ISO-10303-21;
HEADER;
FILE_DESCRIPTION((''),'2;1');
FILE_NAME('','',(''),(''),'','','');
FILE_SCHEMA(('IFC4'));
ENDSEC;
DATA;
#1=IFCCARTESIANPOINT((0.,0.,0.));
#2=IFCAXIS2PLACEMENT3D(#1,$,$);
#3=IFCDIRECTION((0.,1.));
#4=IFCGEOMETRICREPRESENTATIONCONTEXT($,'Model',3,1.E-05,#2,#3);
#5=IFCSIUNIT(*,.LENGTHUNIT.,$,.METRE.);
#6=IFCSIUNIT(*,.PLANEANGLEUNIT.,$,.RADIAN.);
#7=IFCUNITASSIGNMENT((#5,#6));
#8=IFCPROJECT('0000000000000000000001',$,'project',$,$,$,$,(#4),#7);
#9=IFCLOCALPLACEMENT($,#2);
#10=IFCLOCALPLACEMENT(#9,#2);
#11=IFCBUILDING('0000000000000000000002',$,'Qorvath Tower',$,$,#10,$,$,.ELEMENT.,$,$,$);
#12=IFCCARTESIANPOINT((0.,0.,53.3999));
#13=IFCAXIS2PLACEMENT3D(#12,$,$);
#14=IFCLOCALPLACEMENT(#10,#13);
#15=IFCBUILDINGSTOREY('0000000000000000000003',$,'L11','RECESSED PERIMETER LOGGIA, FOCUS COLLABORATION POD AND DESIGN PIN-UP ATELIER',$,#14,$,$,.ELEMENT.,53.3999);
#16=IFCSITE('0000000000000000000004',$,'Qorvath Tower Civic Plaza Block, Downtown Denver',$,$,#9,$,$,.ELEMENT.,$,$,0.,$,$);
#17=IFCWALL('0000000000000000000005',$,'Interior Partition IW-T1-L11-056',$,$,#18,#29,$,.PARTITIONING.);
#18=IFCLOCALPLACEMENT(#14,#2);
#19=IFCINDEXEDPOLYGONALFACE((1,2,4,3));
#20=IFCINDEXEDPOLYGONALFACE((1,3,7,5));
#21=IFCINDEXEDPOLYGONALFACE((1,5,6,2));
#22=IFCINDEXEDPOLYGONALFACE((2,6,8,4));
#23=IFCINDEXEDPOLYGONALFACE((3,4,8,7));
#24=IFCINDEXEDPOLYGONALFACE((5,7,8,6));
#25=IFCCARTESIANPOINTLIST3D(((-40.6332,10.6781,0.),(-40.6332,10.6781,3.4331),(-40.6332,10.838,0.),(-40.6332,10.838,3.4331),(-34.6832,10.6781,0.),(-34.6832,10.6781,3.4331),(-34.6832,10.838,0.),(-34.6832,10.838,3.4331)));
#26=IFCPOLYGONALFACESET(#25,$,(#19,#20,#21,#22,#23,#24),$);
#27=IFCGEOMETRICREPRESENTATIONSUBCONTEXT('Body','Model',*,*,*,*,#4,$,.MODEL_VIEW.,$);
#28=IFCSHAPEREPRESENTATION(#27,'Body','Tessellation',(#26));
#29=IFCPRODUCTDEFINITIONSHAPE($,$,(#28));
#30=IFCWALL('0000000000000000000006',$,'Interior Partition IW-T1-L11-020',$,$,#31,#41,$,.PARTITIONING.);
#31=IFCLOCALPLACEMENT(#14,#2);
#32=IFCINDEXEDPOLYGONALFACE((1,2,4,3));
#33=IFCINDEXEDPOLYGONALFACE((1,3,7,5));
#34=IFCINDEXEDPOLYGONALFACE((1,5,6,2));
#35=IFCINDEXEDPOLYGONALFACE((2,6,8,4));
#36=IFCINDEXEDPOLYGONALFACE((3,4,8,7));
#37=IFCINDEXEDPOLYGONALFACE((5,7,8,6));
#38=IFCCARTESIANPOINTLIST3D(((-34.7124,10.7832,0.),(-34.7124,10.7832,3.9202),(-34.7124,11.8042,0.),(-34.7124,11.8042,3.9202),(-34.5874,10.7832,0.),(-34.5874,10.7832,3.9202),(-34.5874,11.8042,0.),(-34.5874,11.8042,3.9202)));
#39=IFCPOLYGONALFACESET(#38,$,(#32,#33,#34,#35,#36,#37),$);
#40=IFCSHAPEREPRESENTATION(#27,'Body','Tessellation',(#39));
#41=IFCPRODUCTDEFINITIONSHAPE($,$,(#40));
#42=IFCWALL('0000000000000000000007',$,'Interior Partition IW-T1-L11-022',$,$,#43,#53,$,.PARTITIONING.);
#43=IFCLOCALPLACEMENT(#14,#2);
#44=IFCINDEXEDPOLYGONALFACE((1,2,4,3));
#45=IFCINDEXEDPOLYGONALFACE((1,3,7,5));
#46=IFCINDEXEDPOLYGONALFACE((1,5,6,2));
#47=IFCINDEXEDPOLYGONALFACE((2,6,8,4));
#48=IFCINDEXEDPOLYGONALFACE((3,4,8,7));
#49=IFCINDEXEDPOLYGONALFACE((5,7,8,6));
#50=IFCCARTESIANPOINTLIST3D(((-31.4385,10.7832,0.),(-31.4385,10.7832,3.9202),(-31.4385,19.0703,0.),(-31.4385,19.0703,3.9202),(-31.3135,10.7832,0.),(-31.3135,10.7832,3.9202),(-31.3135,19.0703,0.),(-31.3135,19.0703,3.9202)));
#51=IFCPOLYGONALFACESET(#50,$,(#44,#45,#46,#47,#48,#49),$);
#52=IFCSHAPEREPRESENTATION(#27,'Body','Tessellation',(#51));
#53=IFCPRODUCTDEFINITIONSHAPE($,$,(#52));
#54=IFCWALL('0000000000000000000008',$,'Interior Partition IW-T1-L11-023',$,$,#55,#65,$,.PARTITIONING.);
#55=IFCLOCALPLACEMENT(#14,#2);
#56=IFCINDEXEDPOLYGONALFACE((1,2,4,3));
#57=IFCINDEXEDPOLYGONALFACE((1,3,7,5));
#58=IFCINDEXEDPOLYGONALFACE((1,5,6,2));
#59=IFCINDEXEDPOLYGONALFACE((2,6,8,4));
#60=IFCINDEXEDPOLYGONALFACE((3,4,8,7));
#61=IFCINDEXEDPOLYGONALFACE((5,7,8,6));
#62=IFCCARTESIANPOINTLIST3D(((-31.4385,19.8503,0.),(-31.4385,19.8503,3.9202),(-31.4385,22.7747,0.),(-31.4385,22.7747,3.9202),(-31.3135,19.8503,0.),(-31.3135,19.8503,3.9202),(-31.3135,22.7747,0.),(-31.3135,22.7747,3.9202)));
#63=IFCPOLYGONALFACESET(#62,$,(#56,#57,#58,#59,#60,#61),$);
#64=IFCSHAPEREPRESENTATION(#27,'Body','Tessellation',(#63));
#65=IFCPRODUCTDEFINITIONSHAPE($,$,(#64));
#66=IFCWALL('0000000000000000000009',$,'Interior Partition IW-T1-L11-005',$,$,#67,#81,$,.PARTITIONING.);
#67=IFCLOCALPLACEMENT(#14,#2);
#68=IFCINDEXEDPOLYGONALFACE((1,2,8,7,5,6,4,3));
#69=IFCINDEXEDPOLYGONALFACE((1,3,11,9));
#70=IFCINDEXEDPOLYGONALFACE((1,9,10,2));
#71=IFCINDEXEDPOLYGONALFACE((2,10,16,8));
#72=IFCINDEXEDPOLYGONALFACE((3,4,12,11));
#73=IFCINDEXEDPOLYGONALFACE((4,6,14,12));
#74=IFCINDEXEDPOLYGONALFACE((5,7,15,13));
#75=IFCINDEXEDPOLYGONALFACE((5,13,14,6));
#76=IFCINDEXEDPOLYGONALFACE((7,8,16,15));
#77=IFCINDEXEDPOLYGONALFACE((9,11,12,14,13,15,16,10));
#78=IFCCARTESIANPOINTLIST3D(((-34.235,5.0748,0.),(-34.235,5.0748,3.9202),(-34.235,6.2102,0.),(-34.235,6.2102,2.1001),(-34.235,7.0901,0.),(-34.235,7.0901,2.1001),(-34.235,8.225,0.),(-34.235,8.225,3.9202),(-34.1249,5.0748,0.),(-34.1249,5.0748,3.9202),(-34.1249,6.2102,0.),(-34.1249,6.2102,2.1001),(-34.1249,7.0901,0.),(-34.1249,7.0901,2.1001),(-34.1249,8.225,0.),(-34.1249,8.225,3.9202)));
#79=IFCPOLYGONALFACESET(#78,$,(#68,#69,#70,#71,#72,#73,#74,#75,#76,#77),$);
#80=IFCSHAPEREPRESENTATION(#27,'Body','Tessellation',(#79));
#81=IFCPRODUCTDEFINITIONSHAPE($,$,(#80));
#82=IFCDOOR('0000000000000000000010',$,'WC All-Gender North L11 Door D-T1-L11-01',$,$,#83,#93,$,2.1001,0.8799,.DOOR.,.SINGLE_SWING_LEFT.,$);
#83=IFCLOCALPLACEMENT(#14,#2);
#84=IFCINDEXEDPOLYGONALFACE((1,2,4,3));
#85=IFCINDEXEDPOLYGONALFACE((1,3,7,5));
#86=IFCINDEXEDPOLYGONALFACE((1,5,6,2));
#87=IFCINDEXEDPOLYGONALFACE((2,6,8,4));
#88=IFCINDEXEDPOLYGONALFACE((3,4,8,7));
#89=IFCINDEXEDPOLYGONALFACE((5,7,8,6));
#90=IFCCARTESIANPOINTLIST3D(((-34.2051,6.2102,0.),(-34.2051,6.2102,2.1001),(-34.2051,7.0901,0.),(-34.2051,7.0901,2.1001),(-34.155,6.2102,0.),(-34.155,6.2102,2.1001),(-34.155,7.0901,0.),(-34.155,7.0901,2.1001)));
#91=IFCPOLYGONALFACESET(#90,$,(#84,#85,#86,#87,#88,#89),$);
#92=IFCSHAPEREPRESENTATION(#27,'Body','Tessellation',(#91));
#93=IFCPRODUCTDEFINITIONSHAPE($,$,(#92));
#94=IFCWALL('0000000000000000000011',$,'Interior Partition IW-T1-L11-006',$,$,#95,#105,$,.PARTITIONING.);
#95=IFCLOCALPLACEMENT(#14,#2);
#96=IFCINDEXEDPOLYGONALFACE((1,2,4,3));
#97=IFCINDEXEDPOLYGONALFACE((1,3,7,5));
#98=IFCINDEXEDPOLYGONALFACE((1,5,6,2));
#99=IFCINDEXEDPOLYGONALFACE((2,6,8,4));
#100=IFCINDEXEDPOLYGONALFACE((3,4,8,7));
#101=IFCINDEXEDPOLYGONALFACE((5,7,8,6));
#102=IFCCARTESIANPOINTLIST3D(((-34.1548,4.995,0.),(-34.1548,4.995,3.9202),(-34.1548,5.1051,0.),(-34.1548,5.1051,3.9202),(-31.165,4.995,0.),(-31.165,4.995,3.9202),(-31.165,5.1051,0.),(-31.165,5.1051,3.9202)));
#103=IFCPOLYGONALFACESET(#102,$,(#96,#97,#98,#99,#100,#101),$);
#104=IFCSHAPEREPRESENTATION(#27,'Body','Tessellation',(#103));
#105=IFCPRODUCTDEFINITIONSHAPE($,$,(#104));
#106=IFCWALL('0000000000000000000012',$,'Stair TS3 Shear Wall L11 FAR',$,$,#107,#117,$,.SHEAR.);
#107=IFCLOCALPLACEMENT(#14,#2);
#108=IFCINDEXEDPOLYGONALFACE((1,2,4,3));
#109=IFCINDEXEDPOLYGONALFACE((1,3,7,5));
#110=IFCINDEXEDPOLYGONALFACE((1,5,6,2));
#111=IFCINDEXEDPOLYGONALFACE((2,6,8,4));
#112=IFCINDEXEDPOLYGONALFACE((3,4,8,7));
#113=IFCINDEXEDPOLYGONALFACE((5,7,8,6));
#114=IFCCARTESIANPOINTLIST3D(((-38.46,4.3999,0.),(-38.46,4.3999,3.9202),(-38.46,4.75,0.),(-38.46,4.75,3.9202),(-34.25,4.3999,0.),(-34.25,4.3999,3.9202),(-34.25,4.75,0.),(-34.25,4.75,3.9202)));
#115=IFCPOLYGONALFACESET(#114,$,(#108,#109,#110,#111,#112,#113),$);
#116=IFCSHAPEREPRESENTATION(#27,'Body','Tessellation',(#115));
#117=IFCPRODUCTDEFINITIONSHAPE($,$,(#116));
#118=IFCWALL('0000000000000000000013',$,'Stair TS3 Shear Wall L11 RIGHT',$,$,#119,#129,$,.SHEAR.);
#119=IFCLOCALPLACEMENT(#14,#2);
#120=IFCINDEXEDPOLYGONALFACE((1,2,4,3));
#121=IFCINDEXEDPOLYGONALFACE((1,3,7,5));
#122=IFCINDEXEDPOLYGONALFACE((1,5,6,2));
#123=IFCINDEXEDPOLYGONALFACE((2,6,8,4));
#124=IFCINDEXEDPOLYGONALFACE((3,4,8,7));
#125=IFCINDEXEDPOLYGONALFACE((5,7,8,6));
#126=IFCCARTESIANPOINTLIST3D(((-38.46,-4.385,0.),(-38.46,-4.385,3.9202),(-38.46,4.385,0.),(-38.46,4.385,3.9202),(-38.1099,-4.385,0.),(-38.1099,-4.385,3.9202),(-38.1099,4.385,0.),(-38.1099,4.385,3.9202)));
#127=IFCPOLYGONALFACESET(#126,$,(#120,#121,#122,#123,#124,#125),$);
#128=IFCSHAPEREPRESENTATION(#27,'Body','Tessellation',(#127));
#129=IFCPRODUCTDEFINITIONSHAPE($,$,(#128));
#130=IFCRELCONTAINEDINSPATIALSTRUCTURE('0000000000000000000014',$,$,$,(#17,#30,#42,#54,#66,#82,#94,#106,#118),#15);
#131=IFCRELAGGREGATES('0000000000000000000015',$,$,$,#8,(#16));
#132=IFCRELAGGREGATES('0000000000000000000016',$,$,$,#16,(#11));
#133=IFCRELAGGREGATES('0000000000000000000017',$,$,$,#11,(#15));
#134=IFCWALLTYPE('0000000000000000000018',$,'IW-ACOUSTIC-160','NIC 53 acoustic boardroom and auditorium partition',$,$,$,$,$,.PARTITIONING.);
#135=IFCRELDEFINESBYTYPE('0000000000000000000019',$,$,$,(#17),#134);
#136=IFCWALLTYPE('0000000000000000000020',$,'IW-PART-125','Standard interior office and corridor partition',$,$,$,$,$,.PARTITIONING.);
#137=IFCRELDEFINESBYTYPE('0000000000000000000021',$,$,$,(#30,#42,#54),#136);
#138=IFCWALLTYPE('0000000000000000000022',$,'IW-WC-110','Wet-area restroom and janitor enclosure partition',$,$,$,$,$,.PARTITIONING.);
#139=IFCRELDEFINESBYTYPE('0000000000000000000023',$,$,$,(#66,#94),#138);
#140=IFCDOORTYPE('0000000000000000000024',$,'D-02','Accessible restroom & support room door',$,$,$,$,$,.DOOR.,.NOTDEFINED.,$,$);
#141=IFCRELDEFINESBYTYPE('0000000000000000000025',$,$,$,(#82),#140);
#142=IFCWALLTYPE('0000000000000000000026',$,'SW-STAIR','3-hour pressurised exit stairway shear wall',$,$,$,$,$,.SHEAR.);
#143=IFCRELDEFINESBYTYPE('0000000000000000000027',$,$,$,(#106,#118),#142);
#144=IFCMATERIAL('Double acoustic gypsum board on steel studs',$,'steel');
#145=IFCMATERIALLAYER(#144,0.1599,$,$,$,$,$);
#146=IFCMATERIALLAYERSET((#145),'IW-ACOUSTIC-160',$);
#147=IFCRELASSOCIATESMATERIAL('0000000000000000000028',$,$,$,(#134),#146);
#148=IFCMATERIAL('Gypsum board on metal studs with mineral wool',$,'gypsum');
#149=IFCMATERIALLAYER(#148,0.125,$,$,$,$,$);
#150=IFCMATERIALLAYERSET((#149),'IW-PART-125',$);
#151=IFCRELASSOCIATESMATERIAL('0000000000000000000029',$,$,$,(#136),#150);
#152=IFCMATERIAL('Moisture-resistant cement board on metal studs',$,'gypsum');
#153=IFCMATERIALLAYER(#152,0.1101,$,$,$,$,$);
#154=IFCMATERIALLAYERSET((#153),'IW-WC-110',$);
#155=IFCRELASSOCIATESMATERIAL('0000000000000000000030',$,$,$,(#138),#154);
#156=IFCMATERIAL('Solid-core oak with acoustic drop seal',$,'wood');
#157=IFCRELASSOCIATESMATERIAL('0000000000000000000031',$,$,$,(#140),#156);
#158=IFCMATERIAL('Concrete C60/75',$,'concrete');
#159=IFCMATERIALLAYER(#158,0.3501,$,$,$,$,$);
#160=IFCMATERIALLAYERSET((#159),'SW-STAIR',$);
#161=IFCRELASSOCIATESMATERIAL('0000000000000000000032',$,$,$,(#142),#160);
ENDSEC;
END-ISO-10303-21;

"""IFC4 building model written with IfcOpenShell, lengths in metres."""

from ifc_helpers import new_model, si_unit, direction, frame, frame_2d, origin, place, context, subcontext, project, spatial, rectangle, extrude, material, layer, layer_set, type_object, element, fill, save


model = new_model("IFC4")

# Units and contexts
model_context = context("Model", 3, precision=1e-05, world=origin(), true_north=direction((0.0, 1.0)))
body_context = subcontext(model_context, "Body", "Model", "MODEL_VIEW")
ifc_project = project(units=[si_unit("LENGTHUNIT", "METRE"), si_unit("PLANEANGLEUNIT", "RADIAN")], contexts=[model_context])

# Site, building, storey
site_placement = place(None, origin())
site = spatial("IfcSite", under=ifc_project, at=site_placement, Name="Qorvath Tower Civic Plaza Block, Downtown Denver", CompositionType="ELEMENT", RefElevation=0.0)
building_placement = place(site_placement, origin())
building = spatial("IfcBuilding", under=site, at=building_placement, Name="Qorvath Tower", CompositionType="ELEMENT")
storey_placement = place(building_placement, frame((0.0, 0.0, 53.3999)))
storey = spatial("IfcBuildingStorey", under=building, at=storey_placement, Name="L11", Description="RECESSED PERIMETER LOGGIA, FOCUS COLLABORATION POD AND DESIGN PIN-UP ATELIER", CompositionType="ELEMENT", Elevation=53.3999)

# Walls
ifc_material_1 = material(Name="Double acoustic gypsum board on steel studs", Category="steel")
ifc_layer_1 = layer(ifc_material_1, 0.1599)
ifc_layer_set_1 = layer_set([ifc_layer_1], Name="IW-ACOUSTIC-160")
wall_type_1 = type_object("IfcWallType", Name="IW-ACOUSTIC-160", Description="NIC 53 acoustic boardroom and auditorium partition", PredefinedType="PARTITIONING", material=ifc_layer_set_1)
wall_1_placement = place(storey_placement, frame((-34.6831, 10.7581, 0.0), z_axis=(0.0, 0.0, 1.0), x_axis=(-1.0, 0.0, 0.0)))
element("IfcWall", 1, at=wall_1_placement, inside=storey, type_object=wall_type_1, Name="Interior Partition IW-T1-L11-056", PredefinedType="PARTITIONING", context=body_context, shape_type="SweptSolid", body=[
    extrude(rectangle(XDim=5.95, YDim=0.1599, at=frame_2d((2.9751, 0.0))), origin(), (0.0, 0.0, 1.0), 3.4331),
])
ifc_material_2 = material(Name="Gypsum board on metal studs with mineral wool", Category="gypsum")
ifc_layer_2 = layer(ifc_material_2, 0.125)
ifc_layer_set_2 = layer_set([ifc_layer_2], Name="IW-PART-125")
wall_type_2 = type_object("IfcWallType", Name="IW-PART-125", Description="Standard interior office and corridor partition", PredefinedType="PARTITIONING", material=ifc_layer_set_2)
wall_2_placement = place(storey_placement, frame((-34.6499, 10.7832, 0.0), z_axis=(0.0, 0.0, 1.0), x_axis=(0.0, 1.0, 0.0)))
element("IfcWall", 2, at=wall_2_placement, inside=storey, type_object=wall_type_2, Name="Interior Partition IW-T1-L11-020", PredefinedType="PARTITIONING", context=body_context, shape_type="SweptSolid", body=[
    extrude(rectangle(XDim=1.021, YDim=0.125, at=frame_2d((0.5105, 0.0))), origin(), (0.0, 0.0, 1.0), 3.9202),
])

# Walls
wall_3_placement = place(storey_placement, frame((-31.376, 10.7832, 0.0), z_axis=(0.0, 0.0, 1.0), x_axis=(0.0, 1.0, 0.0)))
element("IfcWall", 3, at=wall_3_placement, inside=storey, type_object=wall_type_2, Name="Interior Partition IW-T1-L11-022", PredefinedType="PARTITIONING", context=body_context, shape_type="SweptSolid", body=[
    extrude(rectangle(XDim=8.2871, YDim=0.125, at=frame_2d((4.1436, 0.0))), origin(), (0.0, 0.0, 1.0), 3.9202),
])
wall_4_placement = place(storey_placement, frame((-31.376, 19.8503, 0.0), z_axis=(0.0, 0.0, 1.0), x_axis=(0.0, 1.0, 0.0)))
element("IfcWall", 4, at=wall_4_placement, inside=storey, type_object=wall_type_2, Name="Interior Partition IW-T1-L11-023", PredefinedType="PARTITIONING", context=body_context, shape_type="SweptSolid", body=[
    extrude(rectangle(XDim=2.9243, YDim=0.125, at=frame_2d((1.4622, 0.0))), origin(), (0.0, 0.0, 1.0), 3.9202),
])

# Wall, opening, door
ifc_material_3 = material(Name="Moisture-resistant cement board on metal studs", Category="gypsum")
ifc_layer_3 = layer(ifc_material_3, 0.1101)
ifc_layer_set_3 = layer_set([ifc_layer_3], Name="IW-WC-110")
wall_type_3 = type_object("IfcWallType", Name="IW-WC-110", Description="Wet-area restroom and janitor enclosure partition", PredefinedType="PARTITIONING", material=ifc_layer_set_3)
wall_5_placement = place(storey_placement, frame((-34.1799, 8.2251, 0.0), z_axis=(0.0, 0.0, 1.0), x_axis=(0.0, -1.0, 0.0)))
wall_5 = element("IfcWall", 5, at=wall_5_placement, inside=storey, type_object=wall_type_3, Name="Interior Partition IW-T1-L11-005", PredefinedType="PARTITIONING", context=body_context, shape_type="SweptSolid", body=[
    extrude(rectangle(XDim=3.1501, YDim=0.1101, at=frame_2d((1.5752, 0.0))), origin(), (0.0, 0.0, 1.0), 3.9202),
])
opening_1_placement = place(wall_5_placement, frame((1.135, 0.0, 0.0)))
opening_1 = element("IfcOpeningElement", 6, at=opening_1_placement, cuts=wall_5, PredefinedType="OPENING", context=body_context, shape_type="SweptSolid", body=[
    extrude(rectangle(XDim=0.8799, YDim=2.1001, at=frame_2d((0.4399, 1.05))), frame((0.0, 0.0649, 0.0), z_axis=(0.0, -1.0, 0.0), x_axis=(1.0, 0.0, 0.0)), (0.0, 0.0, 1.0), 0.1301),
])
ifc_material_4 = material(Name="Solid-core oak with acoustic drop seal", Category="wood")
door_type_1 = type_object("IfcDoorType", Name="D-02", Description="Accessible restroom & support room door", OperationType="NOTDEFINED", PredefinedType="DOOR", material=ifc_material_4)
door_1_placement = place(opening_1_placement, origin())
door_1 = element("IfcDoor", 7, at=door_1_placement, inside=storey, type_object=door_type_1, Name="WC All-Gender North L11 Door D-T1-L11-01", OperationType="SINGLE_SWING_LEFT", OverallHeight=2.1001, OverallWidth=0.8799, PredefinedType="DOOR", context=body_context, shape_type="SweptSolid", body=[
    extrude(rectangle(XDim=0.8799, YDim=2.1001, at=frame_2d((0.4399, 1.05))), frame((0.0, 0.0249, 0.0), z_axis=(0.0, -1.0, 0.0), x_axis=(1.0, 0.0, 0.0)), (0.0, 0.0, 1.0), 0.05),
])
fill(opening_1, door_1)

# Walls
wall_6_placement = place(storey_placement, frame((-34.1548, 5.05, 0.0), z_axis=(0.0, 0.0, 1.0), x_axis=(1.0, 0.0, 0.0)))
element("IfcWall", 8, at=wall_6_placement, inside=storey, type_object=wall_type_3, Name="Interior Partition IW-T1-L11-006", PredefinedType="PARTITIONING", context=body_context, shape_type="SweptSolid", body=[
    extrude(rectangle(XDim=2.9897, YDim=0.1101, at=frame_2d((1.4949, 0.0))), origin(), (0.0, 0.0, 1.0), 3.9202),
])
ifc_material_5 = material(Name="Concrete C60/75", Category="concrete")
ifc_layer_4 = layer(ifc_material_5, 0.3501)
ifc_layer_set_4 = layer_set([ifc_layer_4], Name="SW-STAIR")
wall_type_4 = type_object("IfcWallType", Name="SW-STAIR", Description="3-hour pressurised exit stairway shear wall", PredefinedType="SHEAR", material=ifc_layer_set_4)
wall_7_placement = place(storey_placement, frame((-34.25, 4.575, 0.0), z_axis=(0.0, 0.0, 1.0), x_axis=(-1.0, 0.0, 0.0)))
element("IfcWall", 9, at=wall_7_placement, inside=storey, type_object=wall_type_4, Name="Stair TS3 Shear Wall L11 FAR", PredefinedType="SHEAR", context=body_context, shape_type="SweptSolid", body=[
    extrude(rectangle(XDim=4.21, YDim=0.3501, at=frame_2d((2.105, 0.0))), origin(), (0.0, 0.0, 1.0), 3.9202),
])
wall_8_placement = place(storey_placement, frame((-38.2849, 4.385, 0.0), z_axis=(0.0, 0.0, 1.0), x_axis=(0.0, -1.0, 0.0)))
element("IfcWall", 10, at=wall_8_placement, inside=storey, type_object=wall_type_4, Name="Stair TS3 Shear Wall L11 RIGHT", PredefinedType="SHEAR", context=body_context, shape_type="SweptSolid", body=[
    extrude(rectangle(XDim=8.77, YDim=0.3501, at=frame_2d((4.385, 0.0))), origin(), (0.0, 0.0, 1.0), 3.9202),
])

save(model, "model.ifc")
